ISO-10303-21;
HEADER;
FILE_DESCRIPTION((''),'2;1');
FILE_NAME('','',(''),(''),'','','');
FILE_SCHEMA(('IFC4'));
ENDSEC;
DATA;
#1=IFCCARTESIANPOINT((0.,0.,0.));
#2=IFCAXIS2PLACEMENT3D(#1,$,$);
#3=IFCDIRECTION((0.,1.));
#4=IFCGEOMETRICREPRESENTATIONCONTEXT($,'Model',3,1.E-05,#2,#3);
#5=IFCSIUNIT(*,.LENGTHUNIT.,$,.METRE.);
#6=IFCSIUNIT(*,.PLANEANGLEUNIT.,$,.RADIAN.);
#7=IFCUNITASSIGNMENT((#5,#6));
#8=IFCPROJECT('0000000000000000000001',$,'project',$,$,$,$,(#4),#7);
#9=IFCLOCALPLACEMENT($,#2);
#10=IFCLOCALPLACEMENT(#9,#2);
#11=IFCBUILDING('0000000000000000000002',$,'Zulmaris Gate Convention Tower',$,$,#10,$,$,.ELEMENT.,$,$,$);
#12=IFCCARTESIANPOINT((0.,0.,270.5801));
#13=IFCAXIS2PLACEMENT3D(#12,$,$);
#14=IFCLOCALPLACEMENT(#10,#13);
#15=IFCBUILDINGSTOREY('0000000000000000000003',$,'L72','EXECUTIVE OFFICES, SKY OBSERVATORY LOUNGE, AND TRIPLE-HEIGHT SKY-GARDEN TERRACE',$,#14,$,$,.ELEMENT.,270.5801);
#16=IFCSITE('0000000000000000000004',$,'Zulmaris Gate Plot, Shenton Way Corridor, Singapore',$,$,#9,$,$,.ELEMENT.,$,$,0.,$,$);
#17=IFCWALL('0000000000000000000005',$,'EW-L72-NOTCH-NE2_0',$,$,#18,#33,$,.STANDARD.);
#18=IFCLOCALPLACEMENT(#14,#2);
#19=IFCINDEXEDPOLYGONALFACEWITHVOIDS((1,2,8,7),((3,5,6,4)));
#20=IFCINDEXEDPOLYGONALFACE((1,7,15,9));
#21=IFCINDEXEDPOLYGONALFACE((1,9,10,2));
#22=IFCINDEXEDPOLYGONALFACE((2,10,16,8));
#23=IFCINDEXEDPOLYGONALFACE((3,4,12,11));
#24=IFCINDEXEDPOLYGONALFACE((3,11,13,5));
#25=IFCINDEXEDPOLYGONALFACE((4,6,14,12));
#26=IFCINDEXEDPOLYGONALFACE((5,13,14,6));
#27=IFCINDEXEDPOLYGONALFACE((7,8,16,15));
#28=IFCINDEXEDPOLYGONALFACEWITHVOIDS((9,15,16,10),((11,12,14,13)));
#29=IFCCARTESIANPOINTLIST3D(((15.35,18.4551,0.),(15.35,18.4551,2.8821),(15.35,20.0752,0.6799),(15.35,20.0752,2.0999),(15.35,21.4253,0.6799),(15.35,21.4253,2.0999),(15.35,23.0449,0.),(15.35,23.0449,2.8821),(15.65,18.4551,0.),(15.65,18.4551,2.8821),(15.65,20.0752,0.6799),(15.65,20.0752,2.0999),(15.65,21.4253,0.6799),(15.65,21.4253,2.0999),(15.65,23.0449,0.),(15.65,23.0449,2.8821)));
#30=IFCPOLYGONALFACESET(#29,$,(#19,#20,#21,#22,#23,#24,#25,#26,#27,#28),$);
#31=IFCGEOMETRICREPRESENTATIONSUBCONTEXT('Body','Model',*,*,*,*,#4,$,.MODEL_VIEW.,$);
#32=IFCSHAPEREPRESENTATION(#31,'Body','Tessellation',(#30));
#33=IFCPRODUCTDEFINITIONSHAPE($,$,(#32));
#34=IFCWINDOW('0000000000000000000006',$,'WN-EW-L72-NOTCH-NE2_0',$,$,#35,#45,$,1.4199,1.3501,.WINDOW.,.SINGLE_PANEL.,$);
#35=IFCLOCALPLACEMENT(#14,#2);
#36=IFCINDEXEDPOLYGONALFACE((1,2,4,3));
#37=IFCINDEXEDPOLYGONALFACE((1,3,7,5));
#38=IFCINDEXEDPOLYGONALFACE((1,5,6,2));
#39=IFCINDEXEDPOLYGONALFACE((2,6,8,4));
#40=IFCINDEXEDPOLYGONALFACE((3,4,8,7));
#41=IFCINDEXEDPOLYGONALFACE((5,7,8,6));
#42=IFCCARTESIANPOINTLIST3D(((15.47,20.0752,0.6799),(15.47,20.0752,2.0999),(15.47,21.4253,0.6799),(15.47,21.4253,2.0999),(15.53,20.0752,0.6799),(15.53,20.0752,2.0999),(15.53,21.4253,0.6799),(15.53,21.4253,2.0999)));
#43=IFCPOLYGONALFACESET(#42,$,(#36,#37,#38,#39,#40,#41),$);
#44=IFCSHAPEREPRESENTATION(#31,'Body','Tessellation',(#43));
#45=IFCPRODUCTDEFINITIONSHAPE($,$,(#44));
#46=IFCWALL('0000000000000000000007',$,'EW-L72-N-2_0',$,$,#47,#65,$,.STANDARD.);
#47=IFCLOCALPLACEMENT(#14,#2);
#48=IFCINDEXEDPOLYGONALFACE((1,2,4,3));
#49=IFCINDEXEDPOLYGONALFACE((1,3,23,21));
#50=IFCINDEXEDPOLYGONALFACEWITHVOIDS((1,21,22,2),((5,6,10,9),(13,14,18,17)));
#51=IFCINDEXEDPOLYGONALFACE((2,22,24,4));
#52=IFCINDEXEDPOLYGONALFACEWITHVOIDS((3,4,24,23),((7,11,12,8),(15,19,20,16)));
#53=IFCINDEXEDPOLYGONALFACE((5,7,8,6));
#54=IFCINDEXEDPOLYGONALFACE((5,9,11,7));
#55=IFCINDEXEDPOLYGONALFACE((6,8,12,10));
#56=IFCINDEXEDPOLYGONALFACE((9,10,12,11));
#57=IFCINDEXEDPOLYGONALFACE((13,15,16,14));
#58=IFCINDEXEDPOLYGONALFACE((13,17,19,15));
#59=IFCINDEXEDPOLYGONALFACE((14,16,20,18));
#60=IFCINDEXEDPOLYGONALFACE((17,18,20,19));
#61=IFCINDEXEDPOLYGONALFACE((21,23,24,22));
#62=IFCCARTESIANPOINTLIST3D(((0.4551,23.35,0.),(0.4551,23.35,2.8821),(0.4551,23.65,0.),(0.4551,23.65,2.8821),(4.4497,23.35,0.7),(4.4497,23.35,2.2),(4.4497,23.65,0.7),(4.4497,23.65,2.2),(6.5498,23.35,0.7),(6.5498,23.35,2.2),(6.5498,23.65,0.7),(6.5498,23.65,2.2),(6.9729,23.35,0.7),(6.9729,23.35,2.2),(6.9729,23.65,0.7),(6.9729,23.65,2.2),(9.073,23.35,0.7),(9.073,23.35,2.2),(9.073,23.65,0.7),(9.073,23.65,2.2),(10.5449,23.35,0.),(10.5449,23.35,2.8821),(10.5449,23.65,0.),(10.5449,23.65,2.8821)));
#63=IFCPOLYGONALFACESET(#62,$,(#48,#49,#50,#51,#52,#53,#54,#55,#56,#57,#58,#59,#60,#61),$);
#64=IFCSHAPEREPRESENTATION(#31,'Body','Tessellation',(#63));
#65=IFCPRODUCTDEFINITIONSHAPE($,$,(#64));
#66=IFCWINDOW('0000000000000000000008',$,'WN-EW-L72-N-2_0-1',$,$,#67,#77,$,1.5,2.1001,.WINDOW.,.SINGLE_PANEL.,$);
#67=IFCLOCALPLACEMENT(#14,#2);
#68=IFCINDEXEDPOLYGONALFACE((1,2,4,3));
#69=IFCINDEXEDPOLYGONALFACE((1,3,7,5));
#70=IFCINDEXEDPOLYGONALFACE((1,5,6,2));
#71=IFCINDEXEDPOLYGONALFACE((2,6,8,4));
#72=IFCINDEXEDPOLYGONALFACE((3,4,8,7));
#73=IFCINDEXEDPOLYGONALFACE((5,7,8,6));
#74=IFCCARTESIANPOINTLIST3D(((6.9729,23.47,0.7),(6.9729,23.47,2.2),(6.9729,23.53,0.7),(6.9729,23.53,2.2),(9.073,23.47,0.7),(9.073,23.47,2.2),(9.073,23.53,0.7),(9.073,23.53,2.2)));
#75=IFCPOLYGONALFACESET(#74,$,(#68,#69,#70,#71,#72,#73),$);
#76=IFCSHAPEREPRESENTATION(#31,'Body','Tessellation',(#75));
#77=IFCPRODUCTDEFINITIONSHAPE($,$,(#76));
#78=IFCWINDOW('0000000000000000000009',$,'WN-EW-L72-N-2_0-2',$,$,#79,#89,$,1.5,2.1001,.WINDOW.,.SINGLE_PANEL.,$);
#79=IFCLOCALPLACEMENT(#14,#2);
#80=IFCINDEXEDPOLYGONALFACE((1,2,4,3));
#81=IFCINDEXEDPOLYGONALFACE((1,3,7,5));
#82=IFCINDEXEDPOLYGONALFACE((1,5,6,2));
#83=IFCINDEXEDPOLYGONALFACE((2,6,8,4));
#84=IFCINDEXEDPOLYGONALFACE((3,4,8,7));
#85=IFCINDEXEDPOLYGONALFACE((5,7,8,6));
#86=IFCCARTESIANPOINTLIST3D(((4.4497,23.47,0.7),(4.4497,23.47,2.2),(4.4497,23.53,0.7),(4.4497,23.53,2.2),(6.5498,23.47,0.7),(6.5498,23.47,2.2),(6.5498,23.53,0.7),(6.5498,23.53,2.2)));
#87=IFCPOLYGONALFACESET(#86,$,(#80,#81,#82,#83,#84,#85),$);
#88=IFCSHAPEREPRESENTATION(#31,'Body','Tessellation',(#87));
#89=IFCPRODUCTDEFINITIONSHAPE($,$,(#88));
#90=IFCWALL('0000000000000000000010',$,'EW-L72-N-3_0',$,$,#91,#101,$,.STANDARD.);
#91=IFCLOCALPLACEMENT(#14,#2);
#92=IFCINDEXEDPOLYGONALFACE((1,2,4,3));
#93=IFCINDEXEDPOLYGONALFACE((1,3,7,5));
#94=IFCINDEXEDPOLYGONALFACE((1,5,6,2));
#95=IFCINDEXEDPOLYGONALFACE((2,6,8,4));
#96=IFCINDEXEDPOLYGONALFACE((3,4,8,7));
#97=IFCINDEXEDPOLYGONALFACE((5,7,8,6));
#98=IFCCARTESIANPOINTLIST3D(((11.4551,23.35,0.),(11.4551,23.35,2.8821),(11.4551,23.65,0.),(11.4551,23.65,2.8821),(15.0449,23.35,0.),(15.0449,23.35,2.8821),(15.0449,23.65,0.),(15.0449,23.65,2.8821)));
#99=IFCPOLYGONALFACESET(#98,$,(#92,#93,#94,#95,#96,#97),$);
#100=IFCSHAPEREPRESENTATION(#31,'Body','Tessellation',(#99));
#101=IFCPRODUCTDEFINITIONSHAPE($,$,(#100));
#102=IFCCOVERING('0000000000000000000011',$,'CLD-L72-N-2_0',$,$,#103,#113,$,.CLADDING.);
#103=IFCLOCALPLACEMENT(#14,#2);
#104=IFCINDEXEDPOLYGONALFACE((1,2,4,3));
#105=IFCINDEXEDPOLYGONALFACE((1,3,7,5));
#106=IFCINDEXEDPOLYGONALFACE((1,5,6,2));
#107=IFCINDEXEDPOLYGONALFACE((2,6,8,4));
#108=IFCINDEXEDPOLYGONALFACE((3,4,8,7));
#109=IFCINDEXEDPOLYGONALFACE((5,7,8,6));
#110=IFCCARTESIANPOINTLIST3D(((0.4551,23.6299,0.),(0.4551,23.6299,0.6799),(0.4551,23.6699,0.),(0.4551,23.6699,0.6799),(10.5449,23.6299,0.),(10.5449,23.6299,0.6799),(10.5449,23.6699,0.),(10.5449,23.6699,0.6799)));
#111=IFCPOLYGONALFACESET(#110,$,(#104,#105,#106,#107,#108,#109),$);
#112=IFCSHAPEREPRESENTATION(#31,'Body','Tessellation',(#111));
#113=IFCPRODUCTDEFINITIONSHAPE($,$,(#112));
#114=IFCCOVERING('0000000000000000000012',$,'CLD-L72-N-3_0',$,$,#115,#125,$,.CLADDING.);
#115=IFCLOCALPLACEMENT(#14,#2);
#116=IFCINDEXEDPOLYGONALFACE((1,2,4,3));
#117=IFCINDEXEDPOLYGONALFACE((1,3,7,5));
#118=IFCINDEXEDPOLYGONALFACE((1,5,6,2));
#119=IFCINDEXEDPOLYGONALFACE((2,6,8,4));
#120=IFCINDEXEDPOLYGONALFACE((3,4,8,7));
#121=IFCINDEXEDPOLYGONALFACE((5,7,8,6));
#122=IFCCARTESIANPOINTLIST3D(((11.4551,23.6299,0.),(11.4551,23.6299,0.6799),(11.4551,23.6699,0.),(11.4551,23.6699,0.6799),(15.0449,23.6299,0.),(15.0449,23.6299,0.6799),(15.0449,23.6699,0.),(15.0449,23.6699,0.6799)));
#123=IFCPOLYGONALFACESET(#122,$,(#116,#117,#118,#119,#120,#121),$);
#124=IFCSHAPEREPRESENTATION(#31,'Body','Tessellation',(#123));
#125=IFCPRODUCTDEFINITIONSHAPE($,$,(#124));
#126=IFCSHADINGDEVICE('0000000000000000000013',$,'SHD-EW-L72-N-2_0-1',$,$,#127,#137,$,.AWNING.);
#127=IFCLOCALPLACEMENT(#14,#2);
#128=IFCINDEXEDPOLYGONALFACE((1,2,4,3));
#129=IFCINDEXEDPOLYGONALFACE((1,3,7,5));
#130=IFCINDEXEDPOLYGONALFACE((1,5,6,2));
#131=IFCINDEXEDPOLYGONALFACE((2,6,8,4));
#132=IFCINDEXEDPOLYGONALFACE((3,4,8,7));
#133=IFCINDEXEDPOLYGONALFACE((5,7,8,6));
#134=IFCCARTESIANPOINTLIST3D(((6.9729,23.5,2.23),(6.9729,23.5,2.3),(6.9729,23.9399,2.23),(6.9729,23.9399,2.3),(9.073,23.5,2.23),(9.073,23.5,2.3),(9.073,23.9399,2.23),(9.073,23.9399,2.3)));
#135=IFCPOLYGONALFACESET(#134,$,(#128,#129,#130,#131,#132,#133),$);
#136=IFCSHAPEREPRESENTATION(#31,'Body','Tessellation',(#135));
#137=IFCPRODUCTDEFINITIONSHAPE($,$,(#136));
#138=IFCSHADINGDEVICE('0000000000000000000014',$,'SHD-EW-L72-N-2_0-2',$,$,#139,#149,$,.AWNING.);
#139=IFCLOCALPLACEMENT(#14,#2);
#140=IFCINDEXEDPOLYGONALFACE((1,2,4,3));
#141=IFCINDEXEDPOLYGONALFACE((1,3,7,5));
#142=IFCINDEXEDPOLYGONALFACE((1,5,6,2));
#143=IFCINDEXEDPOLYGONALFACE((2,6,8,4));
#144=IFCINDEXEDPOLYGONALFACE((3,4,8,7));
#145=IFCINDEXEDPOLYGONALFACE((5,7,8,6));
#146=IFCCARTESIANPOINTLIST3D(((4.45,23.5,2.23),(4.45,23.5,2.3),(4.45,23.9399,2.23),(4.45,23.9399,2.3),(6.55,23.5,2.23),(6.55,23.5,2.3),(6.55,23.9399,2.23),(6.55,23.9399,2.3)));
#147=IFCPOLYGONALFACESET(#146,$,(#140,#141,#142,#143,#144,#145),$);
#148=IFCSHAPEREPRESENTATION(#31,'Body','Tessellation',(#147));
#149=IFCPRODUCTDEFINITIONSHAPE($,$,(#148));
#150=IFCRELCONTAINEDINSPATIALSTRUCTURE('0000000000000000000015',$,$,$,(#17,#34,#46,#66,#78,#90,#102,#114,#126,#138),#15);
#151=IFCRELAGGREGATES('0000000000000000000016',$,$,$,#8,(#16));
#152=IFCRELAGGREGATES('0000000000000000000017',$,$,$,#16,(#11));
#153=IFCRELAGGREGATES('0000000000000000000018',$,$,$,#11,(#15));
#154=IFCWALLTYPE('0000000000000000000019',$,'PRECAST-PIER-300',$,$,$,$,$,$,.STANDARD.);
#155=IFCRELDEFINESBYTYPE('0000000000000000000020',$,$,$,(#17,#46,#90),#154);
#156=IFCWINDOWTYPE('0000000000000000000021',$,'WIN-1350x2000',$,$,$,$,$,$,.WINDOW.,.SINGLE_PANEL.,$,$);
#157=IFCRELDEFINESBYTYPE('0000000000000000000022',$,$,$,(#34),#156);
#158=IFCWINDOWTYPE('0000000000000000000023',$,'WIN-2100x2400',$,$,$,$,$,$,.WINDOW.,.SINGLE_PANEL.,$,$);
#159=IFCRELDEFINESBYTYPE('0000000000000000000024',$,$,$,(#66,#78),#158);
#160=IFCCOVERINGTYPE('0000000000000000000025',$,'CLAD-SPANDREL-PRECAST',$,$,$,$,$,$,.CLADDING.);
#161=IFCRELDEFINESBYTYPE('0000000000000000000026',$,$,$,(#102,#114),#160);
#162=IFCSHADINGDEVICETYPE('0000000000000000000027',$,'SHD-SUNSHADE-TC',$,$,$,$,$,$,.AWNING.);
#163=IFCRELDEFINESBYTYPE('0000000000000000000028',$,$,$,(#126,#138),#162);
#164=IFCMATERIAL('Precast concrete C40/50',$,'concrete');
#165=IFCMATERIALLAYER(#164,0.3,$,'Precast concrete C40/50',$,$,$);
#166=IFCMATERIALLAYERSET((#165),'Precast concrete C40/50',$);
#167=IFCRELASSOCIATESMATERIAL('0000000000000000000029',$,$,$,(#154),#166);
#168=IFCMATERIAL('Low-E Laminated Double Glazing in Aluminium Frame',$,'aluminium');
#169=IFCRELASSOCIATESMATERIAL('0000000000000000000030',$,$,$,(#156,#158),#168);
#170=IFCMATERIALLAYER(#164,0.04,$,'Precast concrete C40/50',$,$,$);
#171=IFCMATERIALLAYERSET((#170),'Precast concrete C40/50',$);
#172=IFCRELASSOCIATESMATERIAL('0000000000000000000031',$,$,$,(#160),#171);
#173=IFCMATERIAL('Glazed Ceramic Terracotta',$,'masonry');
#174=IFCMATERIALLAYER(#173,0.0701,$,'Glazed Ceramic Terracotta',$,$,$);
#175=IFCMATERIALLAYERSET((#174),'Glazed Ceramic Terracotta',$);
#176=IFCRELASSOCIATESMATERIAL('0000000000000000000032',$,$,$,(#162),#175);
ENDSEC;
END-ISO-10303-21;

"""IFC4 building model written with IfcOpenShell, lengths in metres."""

from ifc_helpers import new_model, si_unit, direction, frame, frame_2d, origin, place, context, subcontext, project, spatial, rectangle, extrude, material, layer, layer_set, type_object, element, fill, save


model = new_model("IFC4")

# Units and contexts
model_context = context("Model", 3, precision=1e-05, world=origin(), true_north=direction((0.0, 1.0)))
body_context = subcontext(model_context, "Body", "Model", "MODEL_VIEW")
ifc_project = project(units=[si_unit("LENGTHUNIT", "METRE"), si_unit("PLANEANGLEUNIT", "RADIAN")], contexts=[model_context])

# Site, building, storey
site_placement = place(None, origin())
site = spatial("IfcSite", under=ifc_project, at=site_placement, Name="Zulmaris Gate Plot, Shenton Way Corridor, Singapore", CompositionType="ELEMENT", RefElevation=0.0)
building_placement = place(site_placement, origin())
building = spatial("IfcBuilding", under=site, at=building_placement, Name="Zulmaris Gate Convention Tower", CompositionType="ELEMENT")
storey_placement = place(building_placement, frame((0.0, 0.0, 270.5801)))
storey = spatial("IfcBuildingStorey", under=building, at=storey_placement, Name="L72", Description="EXECUTIVE OFFICES, SKY OBSERVATORY LOUNGE, AND TRIPLE-HEIGHT SKY-GARDEN TERRACE", CompositionType="ELEMENT", Elevation=270.5801)

# Wall, opening, window
ifc_material_1 = material(Name="Precast concrete C40/50", Category="concrete")
ifc_layer_1 = layer(ifc_material_1, 0.3, Name="Precast concrete C40/50")
ifc_layer_set_1 = layer_set([ifc_layer_1], Name="Precast concrete C40/50")
wall_type_1 = type_object("IfcWallType", Name="PRECAST-PIER-300", PredefinedType="STANDARD", material=ifc_layer_set_1)
wall_1_placement = place(storey_placement, frame((15.5, 18.4551, 0.0), z_axis=(0.0, 0.0, 1.0), x_axis=(0.0, 1.0, 0.0)))
wall_1 = element("IfcWall", 1, at=wall_1_placement, inside=storey, type_object=wall_type_1, Name="EW-L72-NOTCH-NE2_0", PredefinedType="STANDARD", context=body_context, shape_type="SweptSolid", body=[
    extrude(rectangle(XDim=4.5898, YDim=0.3, at=frame_2d((2.2949, 0.0))), origin(), (0.0, 0.0, 1.0), 2.8821),
])
opening_1_placement = place(wall_1_placement, frame((1.6201, 0.0, 0.6799)))
opening_1 = element("IfcOpeningElement", 2, at=opening_1_placement, cuts=wall_1, PredefinedType="OPENING", context=body_context, shape_type="SweptSolid", body=[
    extrude(rectangle(XDim=1.3501, YDim=1.4199, at=frame_2d((0.675, 0.71))), frame((0.0, 0.1602, 0.0), z_axis=(0.0, -1.0, 0.0), x_axis=(1.0, 0.0, 0.0)), (0.0, 0.0, 1.0), 0.3201),
])
ifc_material_2 = material(Name="Low-E Laminated Double Glazing in Aluminium Frame", Category="aluminium")
window_type_1 = type_object("IfcWindowType", Name="WIN-1350x2000", PartitioningType="SINGLE_PANEL", PredefinedType="WINDOW", material=ifc_material_2)
window_1_placement = place(opening_1_placement, origin())
window_1 = element("IfcWindow", 3, at=window_1_placement, inside=storey, type_object=window_type_1, Name="WN-EW-L72-NOTCH-NE2_0", OverallHeight=1.4199, OverallWidth=1.3501, PartitioningType="SINGLE_PANEL", PredefinedType="WINDOW", context=body_context, shape_type="SweptSolid", body=[
    extrude(rectangle(XDim=1.3501, YDim=1.4199, at=frame_2d((0.675, 0.71))), frame((0.0, 0.03, 0.0), z_axis=(0.0, -1.0, 0.0), x_axis=(1.0, 0.0, 0.0)), (0.0, 0.0, 1.0), 0.0601),
])
fill(opening_1, window_1)

# Wall, openings, windows
wall_2_placement = place(storey_placement, frame((10.5449, 23.5, 0.0), z_axis=(0.0, 0.0, 1.0), x_axis=(-1.0, 0.0, 0.0)))
wall_2 = element("IfcWall", 4, at=wall_2_placement, inside=storey, type_object=wall_type_1, Name="EW-L72-N-2_0", PredefinedType="STANDARD", context=body_context, shape_type="SweptSolid", body=[
    extrude(rectangle(XDim=10.0898, YDim=0.3, at=frame_2d((5.0449, 0.0))), origin(), (0.0, 0.0, 1.0), 2.8821),
])
opening_2_placement = place(wall_2_placement, frame((1.4719, 0.0, 0.7)))
opening_2 = element("IfcOpeningElement", 5, at=opening_2_placement, cuts=wall_2, PredefinedType="OPENING", context=body_context, shape_type="SweptSolid", body=[
    extrude(rectangle(XDim=2.1001, YDim=1.5, at=frame_2d((1.05, 0.75))), frame((0.0, 0.1602, 0.0), z_axis=(0.0, -1.0, 0.0), x_axis=(1.0, 0.0, 0.0)), (0.0, 0.0, 1.0), 0.3201),
])
opening_3_placement = place(wall_2_placement, frame((3.9951, 0.0, 0.7)))
opening_3 = element("IfcOpeningElement", 6, at=opening_3_placement, cuts=wall_2, PredefinedType="OPENING", context=body_context, shape_type="SweptSolid", body=[
    extrude(rectangle(XDim=2.1001, YDim=1.5, at=frame_2d((1.05, 0.75))), frame((0.0, 0.1602, 0.0), z_axis=(0.0, -1.0, 0.0), x_axis=(1.0, 0.0, 0.0)), (0.0, 0.0, 1.0), 0.3201),
])
window_type_2 = type_object("IfcWindowType", Name="WIN-2100x2400", PartitioningType="SINGLE_PANEL", PredefinedType="WINDOW", material=ifc_material_2)
window_2_placement = place(opening_2_placement, origin())
window_2 = element("IfcWindow", 7, at=window_2_placement, inside=storey, type_object=window_type_2, Name="WN-EW-L72-N-2_0-1", OverallHeight=1.5, OverallWidth=2.1001, PartitioningType="SINGLE_PANEL", PredefinedType="WINDOW", context=body_context, shape_type="SweptSolid", body=[
    extrude(rectangle(XDim=2.1001, YDim=1.5, at=frame_2d((1.05, 0.75))), frame((0.0, 0.03, 0.0), z_axis=(0.0, -1.0, 0.0), x_axis=(1.0, 0.0, 0.0)), (0.0, 0.0, 1.0), 0.0601),
])
fill(opening_2, window_2)
window_3_placement = place(opening_3_placement, origin())
window_3 = element("IfcWindow", 8, at=window_3_placement, inside=storey, type_object=window_type_2, Name="WN-EW-L72-N-2_0-2", OverallHeight=1.5, OverallWidth=2.1001, PartitioningType="SINGLE_PANEL", PredefinedType="WINDOW", context=body_context, shape_type="SweptSolid", body=[
    extrude(rectangle(XDim=2.1001, YDim=1.5, at=frame_2d((1.05, 0.75))), frame((0.0, 0.03, 0.0), z_axis=(0.0, -1.0, 0.0), x_axis=(1.0, 0.0, 0.0)), (0.0, 0.0, 1.0), 0.0601),
])
fill(opening_3, window_3)

# Wall
wall_3_placement = place(storey_placement, frame((15.0449, 23.5, 0.0), z_axis=(0.0, 0.0, 1.0), x_axis=(-1.0, 0.0, 0.0)))
element("IfcWall", 9, at=wall_3_placement, inside=storey, type_object=wall_type_1, Name="EW-L72-N-3_0", PredefinedType="STANDARD", context=body_context, shape_type="SweptSolid", body=[
    extrude(rectangle(XDim=3.5898, YDim=0.3, at=frame_2d((1.7949, 0.0))), origin(), (0.0, 0.0, 1.0), 2.8821),
])

# Coverings
ifc_layer_2 = layer(ifc_material_1, 0.04, Name="Precast concrete C40/50")
ifc_layer_set_2 = layer_set([ifc_layer_2], Name="Precast concrete C40/50")
covering_type = type_object("IfcCoveringType", Name="CLAD-SPANDREL-PRECAST", PredefinedType="CLADDING", material=ifc_layer_set_2)
covering_1_placement = place(storey_placement, frame((10.5449, 23.6499, 0.0), z_axis=(0.0, 0.0, 1.0), x_axis=(-1.0, 0.0, 0.0)))
element("IfcCovering", 10, at=covering_1_placement, inside=storey, type_object=covering_type, Name="CLD-L72-N-2_0", PredefinedType="CLADDING", context=body_context, shape_type="SweptSolid", body=[
    extrude(rectangle(XDim=10.0898, YDim=0.04, at=frame_2d((5.0449, 0.0))), origin(), (0.0, 0.0, 1.0), 0.6799),
])
covering_2_placement = place(storey_placement, frame((15.0449, 23.6499, 0.0), z_axis=(0.0, 0.0, 1.0), x_axis=(-1.0, 0.0, 0.0)))
element("IfcCovering", 11, at=covering_2_placement, inside=storey, type_object=covering_type, Name="CLD-L72-N-3_0", PredefinedType="CLADDING", context=body_context, shape_type="SweptSolid", body=[
    extrude(rectangle(XDim=3.5898, YDim=0.04, at=frame_2d((1.7949, 0.0))), origin(), (0.0, 0.0, 1.0), 0.6799),
])

# Shading devices
ifc_material_3 = material(Name="Glazed Ceramic Terracotta", Category="masonry")
ifc_layer_3 = layer(ifc_material_3, 0.0701, Name="Glazed Ceramic Terracotta")
ifc_layer_set_3 = layer_set([ifc_layer_3], Name="Glazed Ceramic Terracotta")
shading_device_type = type_object("IfcShadingDeviceType", Name="SHD-SUNSHADE-TC", PredefinedType="AWNING", material=ifc_layer_set_3)
for number, where, z_axis, x_axis, name in (
    (12, (9.073, 23.72, 2.23), (0.0, 0.0, 1.0), (-1.0, 0.0, 0.0), "SHD-EW-L72-N-2_0-1"),
    (13, (6.55, 23.72, 2.23), (0.0, 0.0, 1.0), (-1.0, 0.0, 0.0), "SHD-EW-L72-N-2_0-2"),
):
    element("IfcShadingDevice", number, at=place(storey_placement, frame(where, z_axis=z_axis, x_axis=x_axis)), inside=storey, type_object=shading_device_type, Name=name, PredefinedType="AWNING", context=body_context, shape_type="SweptSolid", body=[
        extrude(rectangle(XDim=2.1001, YDim=0.4399, at=frame_2d((1.05, 0.0))), origin(), (0.0, 0.0, 1.0), 0.0701),
    ])

save(model, "model.ifc")
